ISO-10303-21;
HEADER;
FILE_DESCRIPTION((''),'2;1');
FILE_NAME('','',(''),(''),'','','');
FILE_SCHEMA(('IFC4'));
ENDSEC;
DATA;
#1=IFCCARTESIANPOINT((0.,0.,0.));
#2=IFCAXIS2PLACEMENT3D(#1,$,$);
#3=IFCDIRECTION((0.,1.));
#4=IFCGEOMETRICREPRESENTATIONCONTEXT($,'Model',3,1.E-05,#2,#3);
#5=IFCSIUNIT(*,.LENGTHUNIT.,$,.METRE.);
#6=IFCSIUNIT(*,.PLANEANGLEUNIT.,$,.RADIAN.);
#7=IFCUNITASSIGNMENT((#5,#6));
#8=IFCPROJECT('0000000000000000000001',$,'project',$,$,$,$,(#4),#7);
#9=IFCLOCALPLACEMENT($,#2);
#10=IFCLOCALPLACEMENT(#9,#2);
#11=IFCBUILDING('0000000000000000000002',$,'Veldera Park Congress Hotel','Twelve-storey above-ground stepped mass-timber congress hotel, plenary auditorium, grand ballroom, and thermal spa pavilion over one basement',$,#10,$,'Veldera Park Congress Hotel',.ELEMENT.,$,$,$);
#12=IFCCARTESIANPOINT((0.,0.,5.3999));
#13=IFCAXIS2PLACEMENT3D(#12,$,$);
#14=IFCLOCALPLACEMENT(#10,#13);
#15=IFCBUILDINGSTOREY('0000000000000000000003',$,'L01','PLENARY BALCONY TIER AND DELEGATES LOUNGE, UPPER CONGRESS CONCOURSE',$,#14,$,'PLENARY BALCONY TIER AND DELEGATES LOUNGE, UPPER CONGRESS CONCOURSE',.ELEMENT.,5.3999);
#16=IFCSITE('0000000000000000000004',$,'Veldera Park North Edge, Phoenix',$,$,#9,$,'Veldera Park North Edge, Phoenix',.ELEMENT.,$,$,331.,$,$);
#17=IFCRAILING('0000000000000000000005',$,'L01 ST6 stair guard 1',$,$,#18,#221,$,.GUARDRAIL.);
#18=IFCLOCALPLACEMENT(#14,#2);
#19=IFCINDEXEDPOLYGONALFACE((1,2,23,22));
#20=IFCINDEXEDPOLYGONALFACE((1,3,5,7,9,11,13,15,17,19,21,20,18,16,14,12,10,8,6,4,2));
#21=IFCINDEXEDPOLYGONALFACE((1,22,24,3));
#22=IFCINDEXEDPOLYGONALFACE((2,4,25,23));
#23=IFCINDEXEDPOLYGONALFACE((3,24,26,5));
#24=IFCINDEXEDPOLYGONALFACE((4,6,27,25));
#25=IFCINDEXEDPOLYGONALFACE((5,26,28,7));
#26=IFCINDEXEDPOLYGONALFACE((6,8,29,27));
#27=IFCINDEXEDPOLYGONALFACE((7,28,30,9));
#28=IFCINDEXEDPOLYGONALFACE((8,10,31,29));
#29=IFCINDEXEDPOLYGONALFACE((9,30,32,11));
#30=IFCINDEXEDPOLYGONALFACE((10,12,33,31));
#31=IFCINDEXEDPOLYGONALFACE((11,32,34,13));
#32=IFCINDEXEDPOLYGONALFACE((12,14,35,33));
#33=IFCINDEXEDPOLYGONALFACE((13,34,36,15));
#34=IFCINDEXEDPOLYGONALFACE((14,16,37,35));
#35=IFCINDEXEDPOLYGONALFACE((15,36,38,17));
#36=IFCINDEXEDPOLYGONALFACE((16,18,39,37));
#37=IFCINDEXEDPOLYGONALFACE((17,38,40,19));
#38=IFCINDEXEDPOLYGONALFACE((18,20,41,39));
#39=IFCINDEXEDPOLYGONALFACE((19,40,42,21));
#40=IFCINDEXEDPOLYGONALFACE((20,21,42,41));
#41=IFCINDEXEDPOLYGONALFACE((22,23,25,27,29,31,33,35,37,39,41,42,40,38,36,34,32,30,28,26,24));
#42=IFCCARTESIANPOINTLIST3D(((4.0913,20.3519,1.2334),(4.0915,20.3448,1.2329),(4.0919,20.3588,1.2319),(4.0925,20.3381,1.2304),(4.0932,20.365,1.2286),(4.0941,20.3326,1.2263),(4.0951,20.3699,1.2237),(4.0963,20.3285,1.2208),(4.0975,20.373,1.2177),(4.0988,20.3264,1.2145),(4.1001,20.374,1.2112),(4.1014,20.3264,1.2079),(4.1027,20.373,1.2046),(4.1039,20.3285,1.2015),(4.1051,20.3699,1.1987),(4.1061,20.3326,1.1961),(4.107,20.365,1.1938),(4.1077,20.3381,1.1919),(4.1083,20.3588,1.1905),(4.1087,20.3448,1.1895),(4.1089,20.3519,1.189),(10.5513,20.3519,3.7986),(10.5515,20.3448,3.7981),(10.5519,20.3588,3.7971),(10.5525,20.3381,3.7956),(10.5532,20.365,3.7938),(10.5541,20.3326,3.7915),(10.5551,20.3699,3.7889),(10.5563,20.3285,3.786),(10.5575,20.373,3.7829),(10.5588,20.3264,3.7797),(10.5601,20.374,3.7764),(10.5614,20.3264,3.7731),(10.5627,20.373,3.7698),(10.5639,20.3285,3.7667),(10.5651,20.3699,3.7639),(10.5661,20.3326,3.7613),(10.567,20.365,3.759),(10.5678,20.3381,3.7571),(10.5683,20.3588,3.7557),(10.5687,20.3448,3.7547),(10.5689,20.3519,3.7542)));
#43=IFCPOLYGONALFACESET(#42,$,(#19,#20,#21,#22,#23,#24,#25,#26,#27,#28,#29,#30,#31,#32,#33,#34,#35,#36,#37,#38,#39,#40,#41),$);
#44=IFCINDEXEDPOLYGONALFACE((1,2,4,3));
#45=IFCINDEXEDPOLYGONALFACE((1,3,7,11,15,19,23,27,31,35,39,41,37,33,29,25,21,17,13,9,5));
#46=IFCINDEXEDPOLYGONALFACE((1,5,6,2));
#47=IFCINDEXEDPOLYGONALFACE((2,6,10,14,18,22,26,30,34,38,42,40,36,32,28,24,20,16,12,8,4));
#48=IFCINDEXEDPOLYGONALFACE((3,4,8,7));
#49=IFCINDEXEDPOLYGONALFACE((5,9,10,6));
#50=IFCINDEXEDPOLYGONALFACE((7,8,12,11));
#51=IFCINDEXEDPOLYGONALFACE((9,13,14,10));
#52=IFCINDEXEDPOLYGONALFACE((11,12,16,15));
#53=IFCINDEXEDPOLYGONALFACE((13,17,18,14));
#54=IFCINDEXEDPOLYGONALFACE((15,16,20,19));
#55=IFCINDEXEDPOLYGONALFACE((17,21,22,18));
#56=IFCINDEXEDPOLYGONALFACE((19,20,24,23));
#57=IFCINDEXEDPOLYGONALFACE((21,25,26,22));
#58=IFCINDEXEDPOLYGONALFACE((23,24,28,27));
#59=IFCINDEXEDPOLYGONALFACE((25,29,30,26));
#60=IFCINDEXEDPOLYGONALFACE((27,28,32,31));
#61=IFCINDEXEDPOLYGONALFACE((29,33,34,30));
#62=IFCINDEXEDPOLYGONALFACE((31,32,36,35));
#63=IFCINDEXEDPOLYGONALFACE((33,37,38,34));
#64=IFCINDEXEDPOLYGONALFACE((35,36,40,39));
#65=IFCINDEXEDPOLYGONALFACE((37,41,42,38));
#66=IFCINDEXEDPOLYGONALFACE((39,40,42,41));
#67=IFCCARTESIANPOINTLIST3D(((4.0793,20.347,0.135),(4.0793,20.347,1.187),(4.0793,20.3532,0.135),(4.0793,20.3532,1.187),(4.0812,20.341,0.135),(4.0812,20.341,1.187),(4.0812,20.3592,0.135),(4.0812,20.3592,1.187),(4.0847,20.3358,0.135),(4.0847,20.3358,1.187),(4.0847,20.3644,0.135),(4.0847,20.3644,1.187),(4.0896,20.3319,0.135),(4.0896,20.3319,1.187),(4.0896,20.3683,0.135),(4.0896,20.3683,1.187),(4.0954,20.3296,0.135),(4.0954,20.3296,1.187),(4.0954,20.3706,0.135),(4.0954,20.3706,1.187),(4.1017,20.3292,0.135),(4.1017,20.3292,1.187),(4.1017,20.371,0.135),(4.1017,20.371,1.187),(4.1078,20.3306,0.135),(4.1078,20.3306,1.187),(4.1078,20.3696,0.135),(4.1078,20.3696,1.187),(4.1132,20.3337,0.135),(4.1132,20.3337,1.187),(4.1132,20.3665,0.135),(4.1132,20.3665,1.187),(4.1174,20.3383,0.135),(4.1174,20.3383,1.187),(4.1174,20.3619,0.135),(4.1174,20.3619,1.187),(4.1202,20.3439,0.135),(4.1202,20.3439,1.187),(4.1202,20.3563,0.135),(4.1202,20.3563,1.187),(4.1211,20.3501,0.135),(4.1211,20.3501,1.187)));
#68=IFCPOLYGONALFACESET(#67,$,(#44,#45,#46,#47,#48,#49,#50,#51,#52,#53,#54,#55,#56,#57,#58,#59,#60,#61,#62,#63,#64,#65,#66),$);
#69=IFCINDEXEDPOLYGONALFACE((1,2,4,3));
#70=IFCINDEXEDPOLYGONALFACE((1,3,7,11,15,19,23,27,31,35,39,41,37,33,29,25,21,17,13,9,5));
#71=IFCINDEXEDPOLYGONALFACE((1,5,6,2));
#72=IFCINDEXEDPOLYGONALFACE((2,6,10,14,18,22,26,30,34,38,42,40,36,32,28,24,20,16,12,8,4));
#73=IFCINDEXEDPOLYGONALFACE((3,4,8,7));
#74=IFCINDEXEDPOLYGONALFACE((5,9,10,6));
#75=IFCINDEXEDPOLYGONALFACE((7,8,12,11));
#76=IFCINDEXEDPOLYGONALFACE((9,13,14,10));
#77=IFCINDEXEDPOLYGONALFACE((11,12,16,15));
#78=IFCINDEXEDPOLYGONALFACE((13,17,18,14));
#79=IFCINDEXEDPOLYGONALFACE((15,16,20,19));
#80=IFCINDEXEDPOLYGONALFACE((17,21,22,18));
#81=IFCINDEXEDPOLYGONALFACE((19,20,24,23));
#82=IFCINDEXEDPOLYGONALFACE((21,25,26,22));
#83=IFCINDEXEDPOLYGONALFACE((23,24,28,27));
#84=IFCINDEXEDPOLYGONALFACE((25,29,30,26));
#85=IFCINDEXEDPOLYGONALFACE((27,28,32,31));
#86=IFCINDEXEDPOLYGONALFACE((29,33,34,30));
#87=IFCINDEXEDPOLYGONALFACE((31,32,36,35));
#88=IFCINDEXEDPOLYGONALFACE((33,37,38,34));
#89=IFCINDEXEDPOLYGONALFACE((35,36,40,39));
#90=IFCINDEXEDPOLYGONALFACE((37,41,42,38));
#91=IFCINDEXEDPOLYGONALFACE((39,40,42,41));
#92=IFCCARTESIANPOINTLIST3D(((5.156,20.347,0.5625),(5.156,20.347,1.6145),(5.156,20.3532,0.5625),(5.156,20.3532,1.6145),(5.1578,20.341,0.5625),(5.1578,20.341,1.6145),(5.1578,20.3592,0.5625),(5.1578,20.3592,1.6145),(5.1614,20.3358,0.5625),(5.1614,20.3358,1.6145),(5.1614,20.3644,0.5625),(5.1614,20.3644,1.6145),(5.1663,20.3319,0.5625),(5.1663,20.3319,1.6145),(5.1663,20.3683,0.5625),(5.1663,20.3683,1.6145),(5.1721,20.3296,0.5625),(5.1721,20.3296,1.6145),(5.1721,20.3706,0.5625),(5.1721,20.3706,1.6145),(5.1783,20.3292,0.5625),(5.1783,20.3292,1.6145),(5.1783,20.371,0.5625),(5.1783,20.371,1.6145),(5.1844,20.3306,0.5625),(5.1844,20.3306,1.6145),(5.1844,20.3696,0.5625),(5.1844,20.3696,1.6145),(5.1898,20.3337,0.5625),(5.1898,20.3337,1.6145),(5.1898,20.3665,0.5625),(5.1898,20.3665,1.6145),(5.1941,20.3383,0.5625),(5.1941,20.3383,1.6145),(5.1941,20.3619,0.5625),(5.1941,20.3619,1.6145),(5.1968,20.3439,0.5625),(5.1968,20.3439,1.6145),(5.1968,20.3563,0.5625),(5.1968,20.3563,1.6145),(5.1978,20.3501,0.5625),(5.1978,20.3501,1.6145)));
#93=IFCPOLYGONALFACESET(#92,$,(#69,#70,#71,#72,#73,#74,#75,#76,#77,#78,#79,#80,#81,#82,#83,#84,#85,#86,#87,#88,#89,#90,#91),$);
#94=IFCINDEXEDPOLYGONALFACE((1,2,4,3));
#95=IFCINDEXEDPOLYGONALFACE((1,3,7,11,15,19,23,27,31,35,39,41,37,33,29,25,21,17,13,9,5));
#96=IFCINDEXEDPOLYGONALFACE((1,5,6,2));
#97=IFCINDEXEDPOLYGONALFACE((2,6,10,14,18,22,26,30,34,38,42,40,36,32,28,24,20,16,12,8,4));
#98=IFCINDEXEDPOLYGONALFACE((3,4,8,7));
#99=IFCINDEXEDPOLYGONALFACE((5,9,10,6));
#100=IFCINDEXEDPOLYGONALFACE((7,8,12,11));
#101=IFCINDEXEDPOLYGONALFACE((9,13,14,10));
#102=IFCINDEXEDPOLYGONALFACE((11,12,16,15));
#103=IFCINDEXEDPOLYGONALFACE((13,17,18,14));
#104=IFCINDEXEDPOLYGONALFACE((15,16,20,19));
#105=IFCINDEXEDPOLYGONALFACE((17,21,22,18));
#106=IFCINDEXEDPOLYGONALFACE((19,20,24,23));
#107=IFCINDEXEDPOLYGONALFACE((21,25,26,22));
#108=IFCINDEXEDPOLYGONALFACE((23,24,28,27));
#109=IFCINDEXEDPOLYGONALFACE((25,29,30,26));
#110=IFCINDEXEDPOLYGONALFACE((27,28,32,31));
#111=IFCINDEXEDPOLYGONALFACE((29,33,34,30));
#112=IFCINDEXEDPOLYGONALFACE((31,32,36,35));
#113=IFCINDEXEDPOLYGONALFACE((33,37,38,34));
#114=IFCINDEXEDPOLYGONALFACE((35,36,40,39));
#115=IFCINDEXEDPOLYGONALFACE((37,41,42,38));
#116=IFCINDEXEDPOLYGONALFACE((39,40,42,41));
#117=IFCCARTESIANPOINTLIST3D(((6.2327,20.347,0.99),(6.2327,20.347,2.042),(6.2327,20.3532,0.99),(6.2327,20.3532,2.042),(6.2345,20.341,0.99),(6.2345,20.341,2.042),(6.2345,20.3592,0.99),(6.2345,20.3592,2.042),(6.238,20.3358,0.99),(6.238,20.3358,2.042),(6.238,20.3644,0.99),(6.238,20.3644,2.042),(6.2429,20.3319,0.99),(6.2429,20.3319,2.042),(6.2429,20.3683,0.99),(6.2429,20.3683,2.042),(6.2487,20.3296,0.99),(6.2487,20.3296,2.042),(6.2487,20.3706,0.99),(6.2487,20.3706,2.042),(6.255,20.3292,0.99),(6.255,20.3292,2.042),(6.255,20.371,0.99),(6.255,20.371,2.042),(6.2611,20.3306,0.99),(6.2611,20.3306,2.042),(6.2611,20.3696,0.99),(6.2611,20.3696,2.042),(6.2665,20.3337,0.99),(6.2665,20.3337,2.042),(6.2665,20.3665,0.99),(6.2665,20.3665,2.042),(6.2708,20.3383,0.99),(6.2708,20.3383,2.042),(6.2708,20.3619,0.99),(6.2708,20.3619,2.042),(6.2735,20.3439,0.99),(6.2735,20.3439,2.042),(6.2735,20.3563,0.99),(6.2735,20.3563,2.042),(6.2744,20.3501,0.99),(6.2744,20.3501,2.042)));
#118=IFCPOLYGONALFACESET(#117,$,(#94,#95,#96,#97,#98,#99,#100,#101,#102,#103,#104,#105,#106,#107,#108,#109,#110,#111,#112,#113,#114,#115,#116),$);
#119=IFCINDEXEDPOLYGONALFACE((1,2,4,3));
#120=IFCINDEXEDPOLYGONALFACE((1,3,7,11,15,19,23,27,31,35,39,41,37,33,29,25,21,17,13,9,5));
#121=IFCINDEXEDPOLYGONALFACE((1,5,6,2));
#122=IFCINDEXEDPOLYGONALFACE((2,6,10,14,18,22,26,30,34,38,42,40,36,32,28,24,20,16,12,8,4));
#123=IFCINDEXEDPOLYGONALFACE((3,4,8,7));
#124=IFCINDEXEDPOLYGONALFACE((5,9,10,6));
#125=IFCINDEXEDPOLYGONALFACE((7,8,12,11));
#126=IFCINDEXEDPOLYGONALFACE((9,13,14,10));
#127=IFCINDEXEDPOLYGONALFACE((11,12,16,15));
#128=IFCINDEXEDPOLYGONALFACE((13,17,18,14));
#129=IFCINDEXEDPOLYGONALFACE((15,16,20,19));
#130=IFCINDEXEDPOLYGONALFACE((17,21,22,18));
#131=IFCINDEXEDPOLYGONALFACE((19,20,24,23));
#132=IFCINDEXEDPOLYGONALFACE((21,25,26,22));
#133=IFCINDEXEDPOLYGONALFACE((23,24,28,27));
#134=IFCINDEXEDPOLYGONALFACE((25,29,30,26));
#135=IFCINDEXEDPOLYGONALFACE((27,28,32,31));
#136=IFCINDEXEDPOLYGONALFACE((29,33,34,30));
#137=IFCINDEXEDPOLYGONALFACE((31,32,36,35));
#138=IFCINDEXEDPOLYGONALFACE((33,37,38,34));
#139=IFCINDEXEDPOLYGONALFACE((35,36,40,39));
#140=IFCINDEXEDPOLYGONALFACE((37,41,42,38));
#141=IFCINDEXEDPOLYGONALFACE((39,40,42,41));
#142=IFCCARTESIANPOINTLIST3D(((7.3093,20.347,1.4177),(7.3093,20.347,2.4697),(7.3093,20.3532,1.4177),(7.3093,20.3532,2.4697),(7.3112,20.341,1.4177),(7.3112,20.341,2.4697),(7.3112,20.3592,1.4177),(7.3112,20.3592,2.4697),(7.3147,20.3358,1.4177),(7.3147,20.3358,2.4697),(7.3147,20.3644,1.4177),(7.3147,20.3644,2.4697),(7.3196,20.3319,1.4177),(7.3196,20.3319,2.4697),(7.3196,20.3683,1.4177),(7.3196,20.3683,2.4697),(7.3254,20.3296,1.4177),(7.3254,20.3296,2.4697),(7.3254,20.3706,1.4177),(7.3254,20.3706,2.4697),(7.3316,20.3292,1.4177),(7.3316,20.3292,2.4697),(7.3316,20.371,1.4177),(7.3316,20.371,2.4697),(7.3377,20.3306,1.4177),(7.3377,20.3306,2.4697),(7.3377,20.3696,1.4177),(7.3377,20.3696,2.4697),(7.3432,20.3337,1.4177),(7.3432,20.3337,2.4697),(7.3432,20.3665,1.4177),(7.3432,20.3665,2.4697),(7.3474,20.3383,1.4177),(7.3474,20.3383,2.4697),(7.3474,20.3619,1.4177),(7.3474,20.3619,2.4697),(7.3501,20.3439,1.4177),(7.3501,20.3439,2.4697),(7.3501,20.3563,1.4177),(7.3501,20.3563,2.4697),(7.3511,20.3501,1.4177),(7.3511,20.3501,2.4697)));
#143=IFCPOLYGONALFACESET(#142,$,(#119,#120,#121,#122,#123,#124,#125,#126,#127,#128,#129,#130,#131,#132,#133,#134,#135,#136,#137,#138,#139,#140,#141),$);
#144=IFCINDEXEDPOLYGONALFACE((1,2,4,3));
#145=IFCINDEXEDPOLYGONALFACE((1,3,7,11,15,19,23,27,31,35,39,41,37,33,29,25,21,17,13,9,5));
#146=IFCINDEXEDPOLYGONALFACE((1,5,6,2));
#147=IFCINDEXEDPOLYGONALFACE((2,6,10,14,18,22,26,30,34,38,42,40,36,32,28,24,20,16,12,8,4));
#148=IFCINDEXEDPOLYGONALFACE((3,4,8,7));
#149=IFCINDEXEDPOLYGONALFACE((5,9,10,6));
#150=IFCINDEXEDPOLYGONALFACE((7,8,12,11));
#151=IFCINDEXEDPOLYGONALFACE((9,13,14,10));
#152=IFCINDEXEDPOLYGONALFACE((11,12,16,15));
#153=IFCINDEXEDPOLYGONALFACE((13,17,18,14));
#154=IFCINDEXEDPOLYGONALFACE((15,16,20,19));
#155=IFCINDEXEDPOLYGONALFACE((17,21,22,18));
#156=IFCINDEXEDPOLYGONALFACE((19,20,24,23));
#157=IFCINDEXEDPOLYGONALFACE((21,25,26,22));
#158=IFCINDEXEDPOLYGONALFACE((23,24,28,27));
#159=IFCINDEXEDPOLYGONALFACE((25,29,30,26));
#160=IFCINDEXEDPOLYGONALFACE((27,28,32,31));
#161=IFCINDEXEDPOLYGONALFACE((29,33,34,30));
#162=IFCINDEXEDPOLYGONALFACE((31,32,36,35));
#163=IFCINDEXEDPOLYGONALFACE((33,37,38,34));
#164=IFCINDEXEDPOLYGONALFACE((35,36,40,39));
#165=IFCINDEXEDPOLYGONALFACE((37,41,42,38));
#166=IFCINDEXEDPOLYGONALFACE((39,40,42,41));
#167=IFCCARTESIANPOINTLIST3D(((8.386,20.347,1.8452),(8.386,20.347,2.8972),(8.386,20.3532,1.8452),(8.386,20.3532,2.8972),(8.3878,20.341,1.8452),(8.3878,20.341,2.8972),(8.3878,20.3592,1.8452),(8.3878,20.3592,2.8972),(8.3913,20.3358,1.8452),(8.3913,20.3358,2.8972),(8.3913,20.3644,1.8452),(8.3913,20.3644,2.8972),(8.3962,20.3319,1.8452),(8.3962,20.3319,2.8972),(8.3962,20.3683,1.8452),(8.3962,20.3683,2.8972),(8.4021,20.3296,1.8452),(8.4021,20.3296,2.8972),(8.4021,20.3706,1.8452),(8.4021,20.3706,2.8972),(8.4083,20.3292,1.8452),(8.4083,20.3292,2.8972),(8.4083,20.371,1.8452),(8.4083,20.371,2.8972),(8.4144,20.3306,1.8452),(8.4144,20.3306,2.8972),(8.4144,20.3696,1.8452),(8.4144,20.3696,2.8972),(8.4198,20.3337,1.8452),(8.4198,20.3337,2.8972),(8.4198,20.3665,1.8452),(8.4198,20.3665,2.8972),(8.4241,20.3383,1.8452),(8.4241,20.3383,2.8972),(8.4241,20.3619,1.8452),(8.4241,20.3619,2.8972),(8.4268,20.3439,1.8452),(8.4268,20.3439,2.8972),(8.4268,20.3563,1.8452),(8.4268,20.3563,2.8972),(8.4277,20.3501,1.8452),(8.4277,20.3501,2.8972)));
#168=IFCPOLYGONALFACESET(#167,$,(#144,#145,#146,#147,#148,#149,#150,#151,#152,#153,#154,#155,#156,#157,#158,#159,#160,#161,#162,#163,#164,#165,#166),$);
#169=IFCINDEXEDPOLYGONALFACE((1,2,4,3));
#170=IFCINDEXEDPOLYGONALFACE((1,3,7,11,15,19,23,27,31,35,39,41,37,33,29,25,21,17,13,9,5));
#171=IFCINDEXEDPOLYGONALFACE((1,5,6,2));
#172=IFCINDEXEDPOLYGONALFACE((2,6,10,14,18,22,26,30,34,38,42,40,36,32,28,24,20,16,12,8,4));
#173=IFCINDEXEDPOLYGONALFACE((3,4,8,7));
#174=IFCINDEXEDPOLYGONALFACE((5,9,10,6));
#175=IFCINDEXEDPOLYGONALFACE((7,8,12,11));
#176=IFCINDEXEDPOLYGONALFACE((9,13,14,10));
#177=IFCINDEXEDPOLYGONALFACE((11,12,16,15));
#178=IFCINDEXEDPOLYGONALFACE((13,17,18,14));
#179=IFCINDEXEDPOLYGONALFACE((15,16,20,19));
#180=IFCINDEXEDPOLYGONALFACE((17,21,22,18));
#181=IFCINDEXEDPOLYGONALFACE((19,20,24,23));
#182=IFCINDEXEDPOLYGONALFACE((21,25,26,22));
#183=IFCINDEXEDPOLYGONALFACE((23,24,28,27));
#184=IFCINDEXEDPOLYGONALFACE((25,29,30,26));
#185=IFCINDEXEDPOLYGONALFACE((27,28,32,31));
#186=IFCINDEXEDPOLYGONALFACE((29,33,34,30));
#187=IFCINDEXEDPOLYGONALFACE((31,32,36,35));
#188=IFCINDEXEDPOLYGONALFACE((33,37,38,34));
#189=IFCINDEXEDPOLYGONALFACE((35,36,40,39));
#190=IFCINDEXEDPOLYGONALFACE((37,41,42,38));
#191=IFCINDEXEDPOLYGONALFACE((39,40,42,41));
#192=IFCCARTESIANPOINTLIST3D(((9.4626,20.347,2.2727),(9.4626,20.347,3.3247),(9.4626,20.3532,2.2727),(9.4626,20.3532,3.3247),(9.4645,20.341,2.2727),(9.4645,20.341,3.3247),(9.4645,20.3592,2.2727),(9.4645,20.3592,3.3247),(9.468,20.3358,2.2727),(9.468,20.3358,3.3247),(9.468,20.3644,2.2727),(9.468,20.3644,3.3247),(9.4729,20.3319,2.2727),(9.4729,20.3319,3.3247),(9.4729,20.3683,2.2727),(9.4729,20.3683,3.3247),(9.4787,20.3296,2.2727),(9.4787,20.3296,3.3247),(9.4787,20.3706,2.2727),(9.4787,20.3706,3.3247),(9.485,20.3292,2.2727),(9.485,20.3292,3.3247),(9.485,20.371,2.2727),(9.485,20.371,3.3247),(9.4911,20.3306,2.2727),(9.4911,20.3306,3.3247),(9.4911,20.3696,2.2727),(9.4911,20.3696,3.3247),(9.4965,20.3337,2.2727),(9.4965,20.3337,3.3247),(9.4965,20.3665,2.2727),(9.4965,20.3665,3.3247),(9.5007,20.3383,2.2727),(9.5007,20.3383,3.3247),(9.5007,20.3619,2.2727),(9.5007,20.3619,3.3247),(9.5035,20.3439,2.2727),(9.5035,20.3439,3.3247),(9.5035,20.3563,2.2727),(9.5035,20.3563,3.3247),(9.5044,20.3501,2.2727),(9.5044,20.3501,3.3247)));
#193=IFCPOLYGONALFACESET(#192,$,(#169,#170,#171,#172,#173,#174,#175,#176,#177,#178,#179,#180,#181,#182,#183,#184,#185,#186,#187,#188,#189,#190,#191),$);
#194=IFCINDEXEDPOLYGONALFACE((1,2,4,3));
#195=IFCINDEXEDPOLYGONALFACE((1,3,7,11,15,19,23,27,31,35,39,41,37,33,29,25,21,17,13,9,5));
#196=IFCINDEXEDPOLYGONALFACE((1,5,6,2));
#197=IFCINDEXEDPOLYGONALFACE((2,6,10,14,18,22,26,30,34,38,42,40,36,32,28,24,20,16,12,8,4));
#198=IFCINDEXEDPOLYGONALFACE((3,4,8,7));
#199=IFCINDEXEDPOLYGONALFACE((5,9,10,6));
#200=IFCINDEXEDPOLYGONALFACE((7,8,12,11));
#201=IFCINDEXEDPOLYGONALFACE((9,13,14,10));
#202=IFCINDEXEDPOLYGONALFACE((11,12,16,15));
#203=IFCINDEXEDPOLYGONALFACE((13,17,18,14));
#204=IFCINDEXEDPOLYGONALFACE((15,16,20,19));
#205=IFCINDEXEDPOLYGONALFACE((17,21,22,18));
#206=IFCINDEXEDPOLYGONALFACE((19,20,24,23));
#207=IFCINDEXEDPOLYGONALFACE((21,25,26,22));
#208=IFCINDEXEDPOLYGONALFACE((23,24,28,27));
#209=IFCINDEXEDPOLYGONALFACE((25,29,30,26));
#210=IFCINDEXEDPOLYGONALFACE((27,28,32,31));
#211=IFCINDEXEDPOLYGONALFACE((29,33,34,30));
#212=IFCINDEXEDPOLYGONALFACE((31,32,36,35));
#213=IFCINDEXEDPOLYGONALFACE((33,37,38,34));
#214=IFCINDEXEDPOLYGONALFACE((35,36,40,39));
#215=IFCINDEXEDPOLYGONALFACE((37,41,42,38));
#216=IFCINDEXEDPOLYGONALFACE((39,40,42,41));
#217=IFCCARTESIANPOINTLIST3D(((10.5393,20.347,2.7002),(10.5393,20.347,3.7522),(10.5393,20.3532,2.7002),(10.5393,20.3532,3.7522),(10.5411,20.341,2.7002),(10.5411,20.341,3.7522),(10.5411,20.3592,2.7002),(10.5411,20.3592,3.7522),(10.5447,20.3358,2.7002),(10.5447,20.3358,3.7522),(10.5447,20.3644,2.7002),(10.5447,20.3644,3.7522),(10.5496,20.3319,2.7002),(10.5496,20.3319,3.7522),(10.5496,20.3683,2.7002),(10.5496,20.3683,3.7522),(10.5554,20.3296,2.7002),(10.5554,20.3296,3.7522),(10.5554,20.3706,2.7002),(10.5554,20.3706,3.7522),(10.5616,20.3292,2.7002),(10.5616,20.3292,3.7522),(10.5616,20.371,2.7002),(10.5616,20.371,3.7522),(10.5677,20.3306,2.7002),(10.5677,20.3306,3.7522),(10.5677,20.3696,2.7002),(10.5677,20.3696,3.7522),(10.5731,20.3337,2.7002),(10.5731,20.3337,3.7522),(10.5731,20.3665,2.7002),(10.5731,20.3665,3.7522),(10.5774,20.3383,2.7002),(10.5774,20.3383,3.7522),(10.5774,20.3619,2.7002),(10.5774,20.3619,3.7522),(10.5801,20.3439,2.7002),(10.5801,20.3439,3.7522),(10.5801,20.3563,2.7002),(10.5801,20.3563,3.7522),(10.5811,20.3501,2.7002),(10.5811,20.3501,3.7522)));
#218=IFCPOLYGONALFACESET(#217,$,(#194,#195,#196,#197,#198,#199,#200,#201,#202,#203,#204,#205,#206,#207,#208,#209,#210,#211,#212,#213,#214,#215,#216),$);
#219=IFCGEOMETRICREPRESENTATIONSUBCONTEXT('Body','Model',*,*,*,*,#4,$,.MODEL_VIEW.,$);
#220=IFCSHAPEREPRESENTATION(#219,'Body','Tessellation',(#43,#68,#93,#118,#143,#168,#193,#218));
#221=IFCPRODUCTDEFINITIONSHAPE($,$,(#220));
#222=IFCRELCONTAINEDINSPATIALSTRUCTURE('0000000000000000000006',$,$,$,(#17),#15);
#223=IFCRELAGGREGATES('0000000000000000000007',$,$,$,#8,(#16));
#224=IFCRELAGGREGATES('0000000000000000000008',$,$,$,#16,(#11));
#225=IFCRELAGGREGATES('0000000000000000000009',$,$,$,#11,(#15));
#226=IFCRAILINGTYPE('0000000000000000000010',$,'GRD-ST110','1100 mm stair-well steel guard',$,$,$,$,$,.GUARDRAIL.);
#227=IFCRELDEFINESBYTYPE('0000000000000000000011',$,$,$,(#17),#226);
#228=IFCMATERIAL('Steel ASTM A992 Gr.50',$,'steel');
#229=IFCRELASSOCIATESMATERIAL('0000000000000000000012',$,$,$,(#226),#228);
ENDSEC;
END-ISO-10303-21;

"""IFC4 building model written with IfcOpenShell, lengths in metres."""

from ifc_helpers import new_model, si_unit, direction, frame, origin, origin_2d, place, context, subcontext, project, spatial, circle, extrude, material, type_object, element, save


model = new_model("IFC4")

# Units and contexts
model_context = context("Model", 3, precision=1e-05, world=origin(), true_north=direction((0.0, 1.0)))
body_context = subcontext(model_context, "Body", "Model", "MODEL_VIEW")
ifc_project = project(units=[si_unit("LENGTHUNIT", "METRE"), si_unit("PLANEANGLEUNIT", "RADIAN")], contexts=[model_context])

# Site, building, storey
site_placement = place(None, origin())
site = spatial("IfcSite", under=ifc_project, at=site_placement, Name="Veldera Park North Edge, Phoenix", LongName="Veldera Park North Edge, Phoenix", CompositionType="ELEMENT", RefElevation=331.0)
building_placement = place(site_placement, origin())
building = spatial("IfcBuilding", under=site, at=building_placement, Name="Veldera Park Congress Hotel", Description="Twelve-storey above-ground stepped mass-timber congress hotel, plenary auditorium, grand ballroom, and thermal spa pavilion over one basement", LongName="Veldera Park Congress Hotel", CompositionType="ELEMENT")
storey_placement = place(building_placement, frame((0.0, 0.0, 5.3999)))
storey = spatial("IfcBuildingStorey", under=building, at=storey_placement, Name="L01", Description="PLENARY BALCONY TIER AND DELEGATES LOUNGE, UPPER CONGRESS CONCOURSE", LongName="PLENARY BALCONY TIER AND DELEGATES LOUNGE, UPPER CONGRESS CONCOURSE", CompositionType="ELEMENT", Elevation=5.3999)

# Shared definitions
ifc_material_1 = material(Name="Steel ASTM A992 Gr.50", Category="steel")

# Railing
railing_type_1 = type_object("IfcRailingType", Name="GRD-ST110", Description="1100 mm stair-well steel guard", PredefinedType="GUARDRAIL", material=ifc_material_1)
railing_1_placement = place(storey_placement, frame((4.1001, 20.3501, 0.135)))
element("IfcRailing", 1, at=railing_1_placement, inside=storey, type_object=railing_type_1, Name="L01 ST6 stair guard 1", PredefinedType="GUARDRAIL", context=body_context, shape_type="SweptSolid", body=[
    extrude(circle(Radius=0.0239, at=origin_2d()), frame((0.0, 0.0, 1.0762), z_axis=(0.929406, 0.0, 0.369058), x_axis=(0.0, 1.0, 0.0)), (0.0, 0.0, 1.0), 6.9507),
    extrude(circle(Radius=0.021, at=origin_2d()), origin(), (0.0, 0.0, 1.0), 1.052),
    extrude(circle(Radius=0.021, at=origin_2d()), frame((1.0767, 0.0, 0.4275)), (0.0, 0.0, 1.0), 1.052),
    extrude(circle(Radius=0.021, at=origin_2d()), frame((2.1533, 0.0, 0.855)), (0.0, 0.0, 1.0), 1.052),
    extrude(circle(Radius=0.021, at=origin_2d()), frame((3.23, 0.0, 1.2827)), (0.0, 0.0, 1.0), 1.052),
    extrude(circle(Radius=0.021, at=origin_2d()), frame((4.3066, 0.0, 1.7102)), (0.0, 0.0, 1.0), 1.052),
    extrude(circle(Radius=0.021, at=origin_2d()), frame((5.3833, 0.0, 2.1377)), (0.0, 0.0, 1.0), 1.052),
    extrude(circle(Radius=0.021, at=origin_2d()), frame((6.46, 0.0, 2.5652)), (0.0, 0.0, 1.0), 1.052),
])

save(model, "model.ifc")
